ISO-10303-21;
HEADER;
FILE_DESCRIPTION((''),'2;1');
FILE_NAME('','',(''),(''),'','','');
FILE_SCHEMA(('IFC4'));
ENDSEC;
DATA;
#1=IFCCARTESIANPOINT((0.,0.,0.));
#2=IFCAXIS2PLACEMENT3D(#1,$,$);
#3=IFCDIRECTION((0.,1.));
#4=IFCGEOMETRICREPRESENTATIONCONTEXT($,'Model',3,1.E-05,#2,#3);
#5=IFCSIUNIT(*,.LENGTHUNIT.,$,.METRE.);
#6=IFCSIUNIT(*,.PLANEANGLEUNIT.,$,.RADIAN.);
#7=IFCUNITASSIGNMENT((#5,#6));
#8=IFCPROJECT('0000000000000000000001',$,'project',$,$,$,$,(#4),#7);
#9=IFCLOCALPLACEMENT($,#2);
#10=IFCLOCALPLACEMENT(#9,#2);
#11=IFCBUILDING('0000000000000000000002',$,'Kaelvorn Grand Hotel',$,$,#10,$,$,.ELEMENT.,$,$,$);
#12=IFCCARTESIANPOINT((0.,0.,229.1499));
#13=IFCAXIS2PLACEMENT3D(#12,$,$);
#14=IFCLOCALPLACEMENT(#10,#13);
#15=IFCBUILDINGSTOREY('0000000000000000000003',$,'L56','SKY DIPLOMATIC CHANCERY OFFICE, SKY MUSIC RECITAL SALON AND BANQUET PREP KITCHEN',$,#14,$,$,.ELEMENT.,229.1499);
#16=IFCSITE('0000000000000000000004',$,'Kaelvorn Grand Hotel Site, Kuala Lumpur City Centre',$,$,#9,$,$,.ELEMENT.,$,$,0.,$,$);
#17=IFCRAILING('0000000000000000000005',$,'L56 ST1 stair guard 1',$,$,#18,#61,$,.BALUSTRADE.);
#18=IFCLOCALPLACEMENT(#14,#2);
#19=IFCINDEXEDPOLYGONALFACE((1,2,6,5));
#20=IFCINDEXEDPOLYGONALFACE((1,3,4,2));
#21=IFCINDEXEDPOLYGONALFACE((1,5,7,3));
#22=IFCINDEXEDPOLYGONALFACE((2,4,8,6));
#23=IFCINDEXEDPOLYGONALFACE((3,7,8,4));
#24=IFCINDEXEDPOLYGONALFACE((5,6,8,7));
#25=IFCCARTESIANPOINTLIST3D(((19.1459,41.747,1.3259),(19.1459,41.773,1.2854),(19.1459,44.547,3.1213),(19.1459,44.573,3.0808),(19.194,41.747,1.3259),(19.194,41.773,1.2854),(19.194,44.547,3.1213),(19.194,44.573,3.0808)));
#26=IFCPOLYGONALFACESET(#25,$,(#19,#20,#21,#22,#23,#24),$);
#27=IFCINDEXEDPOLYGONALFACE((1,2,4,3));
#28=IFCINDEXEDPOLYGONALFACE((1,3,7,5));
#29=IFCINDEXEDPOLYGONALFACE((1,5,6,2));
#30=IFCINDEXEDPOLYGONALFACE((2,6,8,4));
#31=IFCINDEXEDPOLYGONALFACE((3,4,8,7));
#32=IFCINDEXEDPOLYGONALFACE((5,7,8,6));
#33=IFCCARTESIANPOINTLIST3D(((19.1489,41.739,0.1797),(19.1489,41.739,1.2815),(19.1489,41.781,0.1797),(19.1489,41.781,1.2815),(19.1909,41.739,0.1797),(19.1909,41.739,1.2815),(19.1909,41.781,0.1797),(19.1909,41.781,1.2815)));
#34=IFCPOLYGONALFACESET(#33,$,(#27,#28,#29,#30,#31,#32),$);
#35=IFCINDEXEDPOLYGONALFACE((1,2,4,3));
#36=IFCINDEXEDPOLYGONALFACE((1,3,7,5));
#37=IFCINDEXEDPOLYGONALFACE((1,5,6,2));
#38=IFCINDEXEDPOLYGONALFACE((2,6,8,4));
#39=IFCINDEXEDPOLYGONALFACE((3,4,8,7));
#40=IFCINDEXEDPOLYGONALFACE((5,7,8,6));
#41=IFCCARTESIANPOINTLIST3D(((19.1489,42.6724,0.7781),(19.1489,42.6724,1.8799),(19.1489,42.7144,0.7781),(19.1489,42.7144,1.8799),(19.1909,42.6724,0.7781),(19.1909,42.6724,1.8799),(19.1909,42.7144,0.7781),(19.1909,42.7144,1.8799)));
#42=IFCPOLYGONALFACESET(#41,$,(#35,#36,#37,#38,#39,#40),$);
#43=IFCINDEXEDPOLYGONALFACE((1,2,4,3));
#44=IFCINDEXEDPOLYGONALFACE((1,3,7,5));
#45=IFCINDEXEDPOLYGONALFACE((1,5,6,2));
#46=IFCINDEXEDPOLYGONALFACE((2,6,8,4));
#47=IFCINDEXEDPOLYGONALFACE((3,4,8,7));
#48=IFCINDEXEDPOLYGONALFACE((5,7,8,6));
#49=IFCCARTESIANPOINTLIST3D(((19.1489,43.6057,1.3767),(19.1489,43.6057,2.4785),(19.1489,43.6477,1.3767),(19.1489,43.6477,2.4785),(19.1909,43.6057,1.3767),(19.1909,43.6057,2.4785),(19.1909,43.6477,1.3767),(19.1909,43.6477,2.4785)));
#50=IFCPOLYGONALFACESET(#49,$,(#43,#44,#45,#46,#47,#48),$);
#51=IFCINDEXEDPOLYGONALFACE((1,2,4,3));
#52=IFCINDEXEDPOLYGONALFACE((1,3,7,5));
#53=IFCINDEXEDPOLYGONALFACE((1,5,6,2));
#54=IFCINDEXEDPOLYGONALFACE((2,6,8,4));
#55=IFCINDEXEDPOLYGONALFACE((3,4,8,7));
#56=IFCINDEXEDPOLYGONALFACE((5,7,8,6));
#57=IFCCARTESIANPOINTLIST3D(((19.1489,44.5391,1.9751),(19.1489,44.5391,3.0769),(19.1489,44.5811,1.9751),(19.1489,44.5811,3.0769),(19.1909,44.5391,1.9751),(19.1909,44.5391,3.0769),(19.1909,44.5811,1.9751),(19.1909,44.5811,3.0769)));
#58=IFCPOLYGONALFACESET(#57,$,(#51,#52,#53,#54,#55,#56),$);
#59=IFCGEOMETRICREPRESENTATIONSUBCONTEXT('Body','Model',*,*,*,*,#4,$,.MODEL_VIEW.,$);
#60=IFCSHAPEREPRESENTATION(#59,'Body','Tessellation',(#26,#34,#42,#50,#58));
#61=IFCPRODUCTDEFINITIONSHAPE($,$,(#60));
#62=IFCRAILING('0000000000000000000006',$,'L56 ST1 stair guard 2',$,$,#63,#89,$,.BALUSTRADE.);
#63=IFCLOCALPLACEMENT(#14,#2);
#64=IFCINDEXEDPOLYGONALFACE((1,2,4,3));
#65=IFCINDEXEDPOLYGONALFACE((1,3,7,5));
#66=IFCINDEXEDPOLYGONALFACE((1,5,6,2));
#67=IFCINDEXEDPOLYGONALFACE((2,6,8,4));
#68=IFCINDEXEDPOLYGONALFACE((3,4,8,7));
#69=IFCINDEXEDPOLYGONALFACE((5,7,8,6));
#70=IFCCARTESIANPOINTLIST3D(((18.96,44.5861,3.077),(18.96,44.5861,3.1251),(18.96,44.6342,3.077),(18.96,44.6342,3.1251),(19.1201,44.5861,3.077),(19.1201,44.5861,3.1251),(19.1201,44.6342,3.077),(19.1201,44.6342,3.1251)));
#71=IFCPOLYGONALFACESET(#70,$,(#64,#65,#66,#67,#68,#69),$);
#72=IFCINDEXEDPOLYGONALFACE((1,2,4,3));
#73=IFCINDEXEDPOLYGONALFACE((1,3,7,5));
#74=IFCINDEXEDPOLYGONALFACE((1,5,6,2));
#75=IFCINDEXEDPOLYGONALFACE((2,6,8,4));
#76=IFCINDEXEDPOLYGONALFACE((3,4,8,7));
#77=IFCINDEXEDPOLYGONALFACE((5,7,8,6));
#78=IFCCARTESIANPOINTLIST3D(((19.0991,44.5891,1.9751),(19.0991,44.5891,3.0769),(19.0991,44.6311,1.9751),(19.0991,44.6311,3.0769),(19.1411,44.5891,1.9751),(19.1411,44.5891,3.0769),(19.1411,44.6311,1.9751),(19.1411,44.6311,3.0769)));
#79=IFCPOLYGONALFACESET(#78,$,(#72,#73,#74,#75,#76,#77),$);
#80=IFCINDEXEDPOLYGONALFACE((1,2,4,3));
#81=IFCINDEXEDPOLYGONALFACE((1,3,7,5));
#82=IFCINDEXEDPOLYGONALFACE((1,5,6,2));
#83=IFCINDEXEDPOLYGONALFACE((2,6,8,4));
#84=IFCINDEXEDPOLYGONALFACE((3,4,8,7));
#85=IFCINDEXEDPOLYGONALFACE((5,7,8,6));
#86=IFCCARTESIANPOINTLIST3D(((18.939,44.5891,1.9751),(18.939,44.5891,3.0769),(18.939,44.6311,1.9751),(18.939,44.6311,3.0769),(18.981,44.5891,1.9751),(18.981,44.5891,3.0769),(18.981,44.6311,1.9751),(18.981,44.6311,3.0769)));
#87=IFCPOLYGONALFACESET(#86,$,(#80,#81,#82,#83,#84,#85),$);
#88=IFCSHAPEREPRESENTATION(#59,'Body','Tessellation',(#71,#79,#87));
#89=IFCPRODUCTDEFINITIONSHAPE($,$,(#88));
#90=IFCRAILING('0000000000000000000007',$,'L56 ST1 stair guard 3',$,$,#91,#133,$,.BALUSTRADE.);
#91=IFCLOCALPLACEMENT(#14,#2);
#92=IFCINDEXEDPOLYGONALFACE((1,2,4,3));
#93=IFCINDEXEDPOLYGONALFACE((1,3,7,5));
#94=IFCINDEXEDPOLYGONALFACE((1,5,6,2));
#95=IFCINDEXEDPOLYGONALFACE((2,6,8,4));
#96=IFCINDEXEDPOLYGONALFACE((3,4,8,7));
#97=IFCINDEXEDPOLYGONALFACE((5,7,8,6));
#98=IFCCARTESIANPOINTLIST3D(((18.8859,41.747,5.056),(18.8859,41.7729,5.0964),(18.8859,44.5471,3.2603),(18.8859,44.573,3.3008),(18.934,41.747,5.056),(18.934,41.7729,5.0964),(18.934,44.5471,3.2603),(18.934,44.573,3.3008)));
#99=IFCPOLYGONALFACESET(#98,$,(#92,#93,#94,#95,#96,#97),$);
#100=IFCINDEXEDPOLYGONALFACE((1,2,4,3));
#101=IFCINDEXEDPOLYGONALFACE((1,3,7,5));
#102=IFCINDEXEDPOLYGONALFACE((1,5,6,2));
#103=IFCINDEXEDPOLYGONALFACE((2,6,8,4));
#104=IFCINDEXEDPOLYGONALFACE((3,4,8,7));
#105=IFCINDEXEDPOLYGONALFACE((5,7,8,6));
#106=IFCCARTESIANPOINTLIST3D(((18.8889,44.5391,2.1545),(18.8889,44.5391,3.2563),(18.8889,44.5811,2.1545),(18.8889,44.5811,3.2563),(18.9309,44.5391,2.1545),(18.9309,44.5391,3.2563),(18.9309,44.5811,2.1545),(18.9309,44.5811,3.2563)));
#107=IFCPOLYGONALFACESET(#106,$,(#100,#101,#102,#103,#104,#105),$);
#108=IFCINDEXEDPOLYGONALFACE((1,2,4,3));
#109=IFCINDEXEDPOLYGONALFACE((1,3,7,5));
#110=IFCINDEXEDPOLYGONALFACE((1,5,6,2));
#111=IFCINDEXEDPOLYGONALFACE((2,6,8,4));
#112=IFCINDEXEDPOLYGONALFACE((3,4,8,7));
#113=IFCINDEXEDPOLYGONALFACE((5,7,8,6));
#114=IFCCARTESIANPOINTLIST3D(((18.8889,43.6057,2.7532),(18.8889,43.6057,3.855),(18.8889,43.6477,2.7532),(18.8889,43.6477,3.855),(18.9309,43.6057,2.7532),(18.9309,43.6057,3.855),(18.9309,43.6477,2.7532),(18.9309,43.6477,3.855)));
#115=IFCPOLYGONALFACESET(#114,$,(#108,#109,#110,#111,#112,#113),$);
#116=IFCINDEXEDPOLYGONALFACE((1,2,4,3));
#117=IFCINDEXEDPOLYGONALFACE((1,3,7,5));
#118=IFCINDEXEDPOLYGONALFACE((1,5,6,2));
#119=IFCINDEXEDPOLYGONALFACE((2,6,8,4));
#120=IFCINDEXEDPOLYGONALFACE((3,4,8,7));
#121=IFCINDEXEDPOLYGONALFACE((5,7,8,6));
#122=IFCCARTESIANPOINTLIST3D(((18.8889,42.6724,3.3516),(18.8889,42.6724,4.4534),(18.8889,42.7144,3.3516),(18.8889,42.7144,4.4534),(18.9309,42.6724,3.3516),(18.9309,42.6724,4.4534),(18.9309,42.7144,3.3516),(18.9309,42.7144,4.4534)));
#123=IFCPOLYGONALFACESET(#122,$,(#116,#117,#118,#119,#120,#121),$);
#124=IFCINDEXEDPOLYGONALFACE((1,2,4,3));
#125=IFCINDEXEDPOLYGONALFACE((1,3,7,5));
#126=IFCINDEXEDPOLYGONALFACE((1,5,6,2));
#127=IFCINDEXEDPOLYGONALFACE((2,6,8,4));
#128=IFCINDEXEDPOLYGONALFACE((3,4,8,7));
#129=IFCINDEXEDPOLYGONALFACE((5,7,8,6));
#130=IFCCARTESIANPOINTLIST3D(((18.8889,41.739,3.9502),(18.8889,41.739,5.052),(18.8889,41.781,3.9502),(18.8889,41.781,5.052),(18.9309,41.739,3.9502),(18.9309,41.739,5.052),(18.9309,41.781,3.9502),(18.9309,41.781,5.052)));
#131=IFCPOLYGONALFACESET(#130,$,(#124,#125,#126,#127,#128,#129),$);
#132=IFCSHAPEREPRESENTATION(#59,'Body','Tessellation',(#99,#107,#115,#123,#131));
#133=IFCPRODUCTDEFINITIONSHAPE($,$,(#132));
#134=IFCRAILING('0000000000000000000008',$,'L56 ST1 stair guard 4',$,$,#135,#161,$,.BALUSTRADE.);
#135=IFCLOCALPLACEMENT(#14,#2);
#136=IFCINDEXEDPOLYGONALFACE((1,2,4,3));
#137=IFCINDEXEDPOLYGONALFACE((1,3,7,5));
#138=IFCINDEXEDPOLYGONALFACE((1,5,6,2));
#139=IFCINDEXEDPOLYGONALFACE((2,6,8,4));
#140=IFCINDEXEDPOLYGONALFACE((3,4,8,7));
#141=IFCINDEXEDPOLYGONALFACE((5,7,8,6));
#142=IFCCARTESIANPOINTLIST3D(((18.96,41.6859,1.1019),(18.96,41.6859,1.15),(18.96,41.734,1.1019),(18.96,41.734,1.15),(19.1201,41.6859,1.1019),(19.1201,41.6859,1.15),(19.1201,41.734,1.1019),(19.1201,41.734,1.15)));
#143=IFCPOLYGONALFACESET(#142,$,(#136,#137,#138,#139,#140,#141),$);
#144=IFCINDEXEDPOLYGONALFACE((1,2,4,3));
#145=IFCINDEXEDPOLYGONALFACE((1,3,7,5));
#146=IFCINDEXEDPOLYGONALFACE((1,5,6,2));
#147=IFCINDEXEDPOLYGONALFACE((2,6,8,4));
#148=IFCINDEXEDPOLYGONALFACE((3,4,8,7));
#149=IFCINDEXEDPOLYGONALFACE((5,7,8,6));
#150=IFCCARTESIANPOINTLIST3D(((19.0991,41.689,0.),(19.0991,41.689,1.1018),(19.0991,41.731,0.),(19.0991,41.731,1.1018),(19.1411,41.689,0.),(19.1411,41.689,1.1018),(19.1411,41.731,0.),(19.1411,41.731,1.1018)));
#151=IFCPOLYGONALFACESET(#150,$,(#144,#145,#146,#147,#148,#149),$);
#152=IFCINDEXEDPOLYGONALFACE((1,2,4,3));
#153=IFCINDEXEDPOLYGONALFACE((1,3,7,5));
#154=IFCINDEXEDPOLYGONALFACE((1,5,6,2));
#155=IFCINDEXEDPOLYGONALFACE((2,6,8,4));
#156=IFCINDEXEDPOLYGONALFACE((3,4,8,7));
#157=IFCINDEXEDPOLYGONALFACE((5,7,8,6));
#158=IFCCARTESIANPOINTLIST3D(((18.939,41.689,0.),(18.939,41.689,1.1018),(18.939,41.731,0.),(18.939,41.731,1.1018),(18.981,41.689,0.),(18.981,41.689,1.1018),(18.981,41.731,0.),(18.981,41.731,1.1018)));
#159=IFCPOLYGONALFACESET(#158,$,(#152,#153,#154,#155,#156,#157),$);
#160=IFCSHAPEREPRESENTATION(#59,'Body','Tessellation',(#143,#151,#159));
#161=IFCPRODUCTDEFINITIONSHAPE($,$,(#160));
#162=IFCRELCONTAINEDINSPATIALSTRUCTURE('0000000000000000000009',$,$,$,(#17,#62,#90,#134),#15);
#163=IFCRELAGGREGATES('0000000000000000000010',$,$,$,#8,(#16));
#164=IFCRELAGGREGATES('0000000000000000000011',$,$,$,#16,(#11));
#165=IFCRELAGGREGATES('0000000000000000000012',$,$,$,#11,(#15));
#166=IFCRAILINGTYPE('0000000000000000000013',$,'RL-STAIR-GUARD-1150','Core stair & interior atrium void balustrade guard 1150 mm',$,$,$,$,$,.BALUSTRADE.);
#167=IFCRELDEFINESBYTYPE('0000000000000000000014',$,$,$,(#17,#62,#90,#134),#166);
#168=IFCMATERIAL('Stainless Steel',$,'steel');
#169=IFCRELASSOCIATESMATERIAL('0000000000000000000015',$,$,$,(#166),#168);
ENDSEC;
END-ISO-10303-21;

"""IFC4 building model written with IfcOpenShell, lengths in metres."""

from ifc_helpers import new_model, si_unit, direction, frame, origin, origin_2d, place, context, subcontext, project, spatial, rectangle, extrude, material, type_object, element, save


model = new_model("IFC4")

# Units and contexts
model_context = context("Model", 3, precision=1e-05, world=origin(), true_north=direction((0.0, 1.0)))
body_context = subcontext(model_context, "Body", "Model", "MODEL_VIEW")
ifc_project = project(units=[si_unit("LENGTHUNIT", "METRE"), si_unit("PLANEANGLEUNIT", "RADIAN")], contexts=[model_context])

# Site, building, storey
site_placement = place(None, origin())
site = spatial("IfcSite", under=ifc_project, at=site_placement, Name="Kaelvorn Grand Hotel Site, Kuala Lumpur City Centre", CompositionType="ELEMENT", RefElevation=0.0)
building_placement = place(site_placement, origin())
building = spatial("IfcBuilding", under=site, at=building_placement, Name="Kaelvorn Grand Hotel", CompositionType="ELEMENT")
storey_placement = place(building_placement, frame((0.0, 0.0, 229.1499)))
storey = spatial("IfcBuildingStorey", under=building, at=storey_placement, Name="L56", Description="SKY DIPLOMATIC CHANCERY OFFICE, SKY MUSIC RECITAL SALON AND BANQUET PREP KITCHEN", CompositionType="ELEMENT", Elevation=229.1499)

# Railings
ifc_material_1 = material(Name="Stainless Steel", Category="steel")
railing_type_1 = type_object("IfcRailingType", Name="RL-STAIR-GUARD-1150", Description="Core stair & interior atrium void balustrade guard 1150 mm", PredefinedType="BALUSTRADE", material=ifc_material_1)
railing_1_placement = place(storey_placement, frame((19.1699, 41.76, 0.1797)))
element("IfcRailing", 1, at=railing_1_placement, inside=storey, type_object=railing_type_1, Name="L56 ST1 stair guard 1", PredefinedType="BALUSTRADE", context=body_context, shape_type="SweptSolid", body=[
    extrude(rectangle(XDim=0.0481, YDim=0.0481, at=origin_2d()), frame((0.0, 0.0, 1.126), z_axis=(0.0, 0.84181, 0.539774), x_axis=(-1.0, 0.0, 0.0)), (0.0, 0.0, 1.0), 3.3262),
    extrude(rectangle(XDim=0.042, YDim=0.042, at=origin_2d()), origin(), (0.0, 0.0, 1.0), 1.1018),
    extrude(rectangle(XDim=0.042, YDim=0.042, at=origin_2d()), frame((0.0, 0.9333, 0.5984)), (0.0, 0.0, 1.0), 1.1018),
    extrude(rectangle(XDim=0.042, YDim=0.042, at=origin_2d()), frame((0.0, 1.8667, 1.197)), (0.0, 0.0, 1.0), 1.1018),
    extrude(rectangle(XDim=0.042, YDim=0.042, at=origin_2d()), frame((0.0, 2.8, 1.7954)), (0.0, 0.0, 1.0), 1.1018),
])
railing_2_placement = place(storey_placement, frame((19.1201, 44.6101, 1.9751)))
element("IfcRailing", 2, at=railing_2_placement, inside=storey, type_object=railing_type_1, Name="L56 ST1 stair guard 2", PredefinedType="BALUSTRADE", context=body_context, shape_type="SweptSolid", body=[
    extrude(rectangle(XDim=0.0481, YDim=0.0481, at=origin_2d()), frame((0.0, 0.0, 1.126), z_axis=(-1.0, 0.0, 0.0), x_axis=(0.0, -1.0, 0.0)), (0.0, 0.0, 1.0), 0.1602),
    extrude(rectangle(XDim=0.042, YDim=0.042, at=origin_2d()), origin(), (0.0, 0.0, 1.0), 1.1018),
    extrude(rectangle(XDim=0.042, YDim=0.042, at=origin_2d()), frame((-0.1602, 0.0, 0.0)), (0.0, 0.0, 1.0), 1.1018),
])
railing_3_placement = place(storey_placement, frame((18.9099, 44.5601, 2.1545)))
element("IfcRailing", 3, at=railing_3_placement, inside=storey, type_object=railing_type_1, Name="L56 ST1 stair guard 3", PredefinedType="BALUSTRADE", context=body_context, shape_type="SweptSolid", body=[
    extrude(rectangle(XDim=0.0481, YDim=0.0481, at=origin_2d()), frame((0.0, 0.0, 1.126), z_axis=(0.0, -0.841777, 0.539826), x_axis=(1.0, 0.0, 0.0)), (0.0, 0.0, 1.0), 3.3264),
    extrude(rectangle(XDim=0.042, YDim=0.042, at=origin_2d()), origin(), (0.0, 0.0, 1.0), 1.1018),
    extrude(rectangle(XDim=0.042, YDim=0.042, at=origin_2d()), frame((0.0, -0.9333, 0.5986)), (0.0, 0.0, 1.0), 1.1018),
    extrude(rectangle(XDim=0.042, YDim=0.042, at=origin_2d()), frame((0.0, -1.8667, 1.197)), (0.0, 0.0, 1.0), 1.1018),
    extrude(rectangle(XDim=0.042, YDim=0.042, at=origin_2d()), frame((0.0, -2.8, 1.7957)), (0.0, 0.0, 1.0), 1.1018),
])
railing_4_placement = place(storey_placement, frame((19.1201, 41.71, 0.0)))
element("IfcRailing", 4, at=railing_4_placement, inside=storey, type_object=railing_type_1, Name="L56 ST1 stair guard 4", PredefinedType="BALUSTRADE", context=body_context, shape_type="SweptSolid", body=[
    extrude(rectangle(XDim=0.0481, YDim=0.0481, at=origin_2d()), frame((0.0, 0.0, 1.126), z_axis=(-1.0, 0.0, 0.0), x_axis=(0.0, -1.0, 0.0)), (0.0, 0.0, 1.0), 0.1602),
    extrude(rectangle(XDim=0.042, YDim=0.042, at=origin_2d()), origin(), (0.0, 0.0, 1.0), 1.1018),
    extrude(rectangle(XDim=0.042, YDim=0.042, at=origin_2d()), frame((-0.1602, 0.0, 0.0)), (0.0, 0.0, 1.0), 1.1018),
])

save(model, "model.ifc")
